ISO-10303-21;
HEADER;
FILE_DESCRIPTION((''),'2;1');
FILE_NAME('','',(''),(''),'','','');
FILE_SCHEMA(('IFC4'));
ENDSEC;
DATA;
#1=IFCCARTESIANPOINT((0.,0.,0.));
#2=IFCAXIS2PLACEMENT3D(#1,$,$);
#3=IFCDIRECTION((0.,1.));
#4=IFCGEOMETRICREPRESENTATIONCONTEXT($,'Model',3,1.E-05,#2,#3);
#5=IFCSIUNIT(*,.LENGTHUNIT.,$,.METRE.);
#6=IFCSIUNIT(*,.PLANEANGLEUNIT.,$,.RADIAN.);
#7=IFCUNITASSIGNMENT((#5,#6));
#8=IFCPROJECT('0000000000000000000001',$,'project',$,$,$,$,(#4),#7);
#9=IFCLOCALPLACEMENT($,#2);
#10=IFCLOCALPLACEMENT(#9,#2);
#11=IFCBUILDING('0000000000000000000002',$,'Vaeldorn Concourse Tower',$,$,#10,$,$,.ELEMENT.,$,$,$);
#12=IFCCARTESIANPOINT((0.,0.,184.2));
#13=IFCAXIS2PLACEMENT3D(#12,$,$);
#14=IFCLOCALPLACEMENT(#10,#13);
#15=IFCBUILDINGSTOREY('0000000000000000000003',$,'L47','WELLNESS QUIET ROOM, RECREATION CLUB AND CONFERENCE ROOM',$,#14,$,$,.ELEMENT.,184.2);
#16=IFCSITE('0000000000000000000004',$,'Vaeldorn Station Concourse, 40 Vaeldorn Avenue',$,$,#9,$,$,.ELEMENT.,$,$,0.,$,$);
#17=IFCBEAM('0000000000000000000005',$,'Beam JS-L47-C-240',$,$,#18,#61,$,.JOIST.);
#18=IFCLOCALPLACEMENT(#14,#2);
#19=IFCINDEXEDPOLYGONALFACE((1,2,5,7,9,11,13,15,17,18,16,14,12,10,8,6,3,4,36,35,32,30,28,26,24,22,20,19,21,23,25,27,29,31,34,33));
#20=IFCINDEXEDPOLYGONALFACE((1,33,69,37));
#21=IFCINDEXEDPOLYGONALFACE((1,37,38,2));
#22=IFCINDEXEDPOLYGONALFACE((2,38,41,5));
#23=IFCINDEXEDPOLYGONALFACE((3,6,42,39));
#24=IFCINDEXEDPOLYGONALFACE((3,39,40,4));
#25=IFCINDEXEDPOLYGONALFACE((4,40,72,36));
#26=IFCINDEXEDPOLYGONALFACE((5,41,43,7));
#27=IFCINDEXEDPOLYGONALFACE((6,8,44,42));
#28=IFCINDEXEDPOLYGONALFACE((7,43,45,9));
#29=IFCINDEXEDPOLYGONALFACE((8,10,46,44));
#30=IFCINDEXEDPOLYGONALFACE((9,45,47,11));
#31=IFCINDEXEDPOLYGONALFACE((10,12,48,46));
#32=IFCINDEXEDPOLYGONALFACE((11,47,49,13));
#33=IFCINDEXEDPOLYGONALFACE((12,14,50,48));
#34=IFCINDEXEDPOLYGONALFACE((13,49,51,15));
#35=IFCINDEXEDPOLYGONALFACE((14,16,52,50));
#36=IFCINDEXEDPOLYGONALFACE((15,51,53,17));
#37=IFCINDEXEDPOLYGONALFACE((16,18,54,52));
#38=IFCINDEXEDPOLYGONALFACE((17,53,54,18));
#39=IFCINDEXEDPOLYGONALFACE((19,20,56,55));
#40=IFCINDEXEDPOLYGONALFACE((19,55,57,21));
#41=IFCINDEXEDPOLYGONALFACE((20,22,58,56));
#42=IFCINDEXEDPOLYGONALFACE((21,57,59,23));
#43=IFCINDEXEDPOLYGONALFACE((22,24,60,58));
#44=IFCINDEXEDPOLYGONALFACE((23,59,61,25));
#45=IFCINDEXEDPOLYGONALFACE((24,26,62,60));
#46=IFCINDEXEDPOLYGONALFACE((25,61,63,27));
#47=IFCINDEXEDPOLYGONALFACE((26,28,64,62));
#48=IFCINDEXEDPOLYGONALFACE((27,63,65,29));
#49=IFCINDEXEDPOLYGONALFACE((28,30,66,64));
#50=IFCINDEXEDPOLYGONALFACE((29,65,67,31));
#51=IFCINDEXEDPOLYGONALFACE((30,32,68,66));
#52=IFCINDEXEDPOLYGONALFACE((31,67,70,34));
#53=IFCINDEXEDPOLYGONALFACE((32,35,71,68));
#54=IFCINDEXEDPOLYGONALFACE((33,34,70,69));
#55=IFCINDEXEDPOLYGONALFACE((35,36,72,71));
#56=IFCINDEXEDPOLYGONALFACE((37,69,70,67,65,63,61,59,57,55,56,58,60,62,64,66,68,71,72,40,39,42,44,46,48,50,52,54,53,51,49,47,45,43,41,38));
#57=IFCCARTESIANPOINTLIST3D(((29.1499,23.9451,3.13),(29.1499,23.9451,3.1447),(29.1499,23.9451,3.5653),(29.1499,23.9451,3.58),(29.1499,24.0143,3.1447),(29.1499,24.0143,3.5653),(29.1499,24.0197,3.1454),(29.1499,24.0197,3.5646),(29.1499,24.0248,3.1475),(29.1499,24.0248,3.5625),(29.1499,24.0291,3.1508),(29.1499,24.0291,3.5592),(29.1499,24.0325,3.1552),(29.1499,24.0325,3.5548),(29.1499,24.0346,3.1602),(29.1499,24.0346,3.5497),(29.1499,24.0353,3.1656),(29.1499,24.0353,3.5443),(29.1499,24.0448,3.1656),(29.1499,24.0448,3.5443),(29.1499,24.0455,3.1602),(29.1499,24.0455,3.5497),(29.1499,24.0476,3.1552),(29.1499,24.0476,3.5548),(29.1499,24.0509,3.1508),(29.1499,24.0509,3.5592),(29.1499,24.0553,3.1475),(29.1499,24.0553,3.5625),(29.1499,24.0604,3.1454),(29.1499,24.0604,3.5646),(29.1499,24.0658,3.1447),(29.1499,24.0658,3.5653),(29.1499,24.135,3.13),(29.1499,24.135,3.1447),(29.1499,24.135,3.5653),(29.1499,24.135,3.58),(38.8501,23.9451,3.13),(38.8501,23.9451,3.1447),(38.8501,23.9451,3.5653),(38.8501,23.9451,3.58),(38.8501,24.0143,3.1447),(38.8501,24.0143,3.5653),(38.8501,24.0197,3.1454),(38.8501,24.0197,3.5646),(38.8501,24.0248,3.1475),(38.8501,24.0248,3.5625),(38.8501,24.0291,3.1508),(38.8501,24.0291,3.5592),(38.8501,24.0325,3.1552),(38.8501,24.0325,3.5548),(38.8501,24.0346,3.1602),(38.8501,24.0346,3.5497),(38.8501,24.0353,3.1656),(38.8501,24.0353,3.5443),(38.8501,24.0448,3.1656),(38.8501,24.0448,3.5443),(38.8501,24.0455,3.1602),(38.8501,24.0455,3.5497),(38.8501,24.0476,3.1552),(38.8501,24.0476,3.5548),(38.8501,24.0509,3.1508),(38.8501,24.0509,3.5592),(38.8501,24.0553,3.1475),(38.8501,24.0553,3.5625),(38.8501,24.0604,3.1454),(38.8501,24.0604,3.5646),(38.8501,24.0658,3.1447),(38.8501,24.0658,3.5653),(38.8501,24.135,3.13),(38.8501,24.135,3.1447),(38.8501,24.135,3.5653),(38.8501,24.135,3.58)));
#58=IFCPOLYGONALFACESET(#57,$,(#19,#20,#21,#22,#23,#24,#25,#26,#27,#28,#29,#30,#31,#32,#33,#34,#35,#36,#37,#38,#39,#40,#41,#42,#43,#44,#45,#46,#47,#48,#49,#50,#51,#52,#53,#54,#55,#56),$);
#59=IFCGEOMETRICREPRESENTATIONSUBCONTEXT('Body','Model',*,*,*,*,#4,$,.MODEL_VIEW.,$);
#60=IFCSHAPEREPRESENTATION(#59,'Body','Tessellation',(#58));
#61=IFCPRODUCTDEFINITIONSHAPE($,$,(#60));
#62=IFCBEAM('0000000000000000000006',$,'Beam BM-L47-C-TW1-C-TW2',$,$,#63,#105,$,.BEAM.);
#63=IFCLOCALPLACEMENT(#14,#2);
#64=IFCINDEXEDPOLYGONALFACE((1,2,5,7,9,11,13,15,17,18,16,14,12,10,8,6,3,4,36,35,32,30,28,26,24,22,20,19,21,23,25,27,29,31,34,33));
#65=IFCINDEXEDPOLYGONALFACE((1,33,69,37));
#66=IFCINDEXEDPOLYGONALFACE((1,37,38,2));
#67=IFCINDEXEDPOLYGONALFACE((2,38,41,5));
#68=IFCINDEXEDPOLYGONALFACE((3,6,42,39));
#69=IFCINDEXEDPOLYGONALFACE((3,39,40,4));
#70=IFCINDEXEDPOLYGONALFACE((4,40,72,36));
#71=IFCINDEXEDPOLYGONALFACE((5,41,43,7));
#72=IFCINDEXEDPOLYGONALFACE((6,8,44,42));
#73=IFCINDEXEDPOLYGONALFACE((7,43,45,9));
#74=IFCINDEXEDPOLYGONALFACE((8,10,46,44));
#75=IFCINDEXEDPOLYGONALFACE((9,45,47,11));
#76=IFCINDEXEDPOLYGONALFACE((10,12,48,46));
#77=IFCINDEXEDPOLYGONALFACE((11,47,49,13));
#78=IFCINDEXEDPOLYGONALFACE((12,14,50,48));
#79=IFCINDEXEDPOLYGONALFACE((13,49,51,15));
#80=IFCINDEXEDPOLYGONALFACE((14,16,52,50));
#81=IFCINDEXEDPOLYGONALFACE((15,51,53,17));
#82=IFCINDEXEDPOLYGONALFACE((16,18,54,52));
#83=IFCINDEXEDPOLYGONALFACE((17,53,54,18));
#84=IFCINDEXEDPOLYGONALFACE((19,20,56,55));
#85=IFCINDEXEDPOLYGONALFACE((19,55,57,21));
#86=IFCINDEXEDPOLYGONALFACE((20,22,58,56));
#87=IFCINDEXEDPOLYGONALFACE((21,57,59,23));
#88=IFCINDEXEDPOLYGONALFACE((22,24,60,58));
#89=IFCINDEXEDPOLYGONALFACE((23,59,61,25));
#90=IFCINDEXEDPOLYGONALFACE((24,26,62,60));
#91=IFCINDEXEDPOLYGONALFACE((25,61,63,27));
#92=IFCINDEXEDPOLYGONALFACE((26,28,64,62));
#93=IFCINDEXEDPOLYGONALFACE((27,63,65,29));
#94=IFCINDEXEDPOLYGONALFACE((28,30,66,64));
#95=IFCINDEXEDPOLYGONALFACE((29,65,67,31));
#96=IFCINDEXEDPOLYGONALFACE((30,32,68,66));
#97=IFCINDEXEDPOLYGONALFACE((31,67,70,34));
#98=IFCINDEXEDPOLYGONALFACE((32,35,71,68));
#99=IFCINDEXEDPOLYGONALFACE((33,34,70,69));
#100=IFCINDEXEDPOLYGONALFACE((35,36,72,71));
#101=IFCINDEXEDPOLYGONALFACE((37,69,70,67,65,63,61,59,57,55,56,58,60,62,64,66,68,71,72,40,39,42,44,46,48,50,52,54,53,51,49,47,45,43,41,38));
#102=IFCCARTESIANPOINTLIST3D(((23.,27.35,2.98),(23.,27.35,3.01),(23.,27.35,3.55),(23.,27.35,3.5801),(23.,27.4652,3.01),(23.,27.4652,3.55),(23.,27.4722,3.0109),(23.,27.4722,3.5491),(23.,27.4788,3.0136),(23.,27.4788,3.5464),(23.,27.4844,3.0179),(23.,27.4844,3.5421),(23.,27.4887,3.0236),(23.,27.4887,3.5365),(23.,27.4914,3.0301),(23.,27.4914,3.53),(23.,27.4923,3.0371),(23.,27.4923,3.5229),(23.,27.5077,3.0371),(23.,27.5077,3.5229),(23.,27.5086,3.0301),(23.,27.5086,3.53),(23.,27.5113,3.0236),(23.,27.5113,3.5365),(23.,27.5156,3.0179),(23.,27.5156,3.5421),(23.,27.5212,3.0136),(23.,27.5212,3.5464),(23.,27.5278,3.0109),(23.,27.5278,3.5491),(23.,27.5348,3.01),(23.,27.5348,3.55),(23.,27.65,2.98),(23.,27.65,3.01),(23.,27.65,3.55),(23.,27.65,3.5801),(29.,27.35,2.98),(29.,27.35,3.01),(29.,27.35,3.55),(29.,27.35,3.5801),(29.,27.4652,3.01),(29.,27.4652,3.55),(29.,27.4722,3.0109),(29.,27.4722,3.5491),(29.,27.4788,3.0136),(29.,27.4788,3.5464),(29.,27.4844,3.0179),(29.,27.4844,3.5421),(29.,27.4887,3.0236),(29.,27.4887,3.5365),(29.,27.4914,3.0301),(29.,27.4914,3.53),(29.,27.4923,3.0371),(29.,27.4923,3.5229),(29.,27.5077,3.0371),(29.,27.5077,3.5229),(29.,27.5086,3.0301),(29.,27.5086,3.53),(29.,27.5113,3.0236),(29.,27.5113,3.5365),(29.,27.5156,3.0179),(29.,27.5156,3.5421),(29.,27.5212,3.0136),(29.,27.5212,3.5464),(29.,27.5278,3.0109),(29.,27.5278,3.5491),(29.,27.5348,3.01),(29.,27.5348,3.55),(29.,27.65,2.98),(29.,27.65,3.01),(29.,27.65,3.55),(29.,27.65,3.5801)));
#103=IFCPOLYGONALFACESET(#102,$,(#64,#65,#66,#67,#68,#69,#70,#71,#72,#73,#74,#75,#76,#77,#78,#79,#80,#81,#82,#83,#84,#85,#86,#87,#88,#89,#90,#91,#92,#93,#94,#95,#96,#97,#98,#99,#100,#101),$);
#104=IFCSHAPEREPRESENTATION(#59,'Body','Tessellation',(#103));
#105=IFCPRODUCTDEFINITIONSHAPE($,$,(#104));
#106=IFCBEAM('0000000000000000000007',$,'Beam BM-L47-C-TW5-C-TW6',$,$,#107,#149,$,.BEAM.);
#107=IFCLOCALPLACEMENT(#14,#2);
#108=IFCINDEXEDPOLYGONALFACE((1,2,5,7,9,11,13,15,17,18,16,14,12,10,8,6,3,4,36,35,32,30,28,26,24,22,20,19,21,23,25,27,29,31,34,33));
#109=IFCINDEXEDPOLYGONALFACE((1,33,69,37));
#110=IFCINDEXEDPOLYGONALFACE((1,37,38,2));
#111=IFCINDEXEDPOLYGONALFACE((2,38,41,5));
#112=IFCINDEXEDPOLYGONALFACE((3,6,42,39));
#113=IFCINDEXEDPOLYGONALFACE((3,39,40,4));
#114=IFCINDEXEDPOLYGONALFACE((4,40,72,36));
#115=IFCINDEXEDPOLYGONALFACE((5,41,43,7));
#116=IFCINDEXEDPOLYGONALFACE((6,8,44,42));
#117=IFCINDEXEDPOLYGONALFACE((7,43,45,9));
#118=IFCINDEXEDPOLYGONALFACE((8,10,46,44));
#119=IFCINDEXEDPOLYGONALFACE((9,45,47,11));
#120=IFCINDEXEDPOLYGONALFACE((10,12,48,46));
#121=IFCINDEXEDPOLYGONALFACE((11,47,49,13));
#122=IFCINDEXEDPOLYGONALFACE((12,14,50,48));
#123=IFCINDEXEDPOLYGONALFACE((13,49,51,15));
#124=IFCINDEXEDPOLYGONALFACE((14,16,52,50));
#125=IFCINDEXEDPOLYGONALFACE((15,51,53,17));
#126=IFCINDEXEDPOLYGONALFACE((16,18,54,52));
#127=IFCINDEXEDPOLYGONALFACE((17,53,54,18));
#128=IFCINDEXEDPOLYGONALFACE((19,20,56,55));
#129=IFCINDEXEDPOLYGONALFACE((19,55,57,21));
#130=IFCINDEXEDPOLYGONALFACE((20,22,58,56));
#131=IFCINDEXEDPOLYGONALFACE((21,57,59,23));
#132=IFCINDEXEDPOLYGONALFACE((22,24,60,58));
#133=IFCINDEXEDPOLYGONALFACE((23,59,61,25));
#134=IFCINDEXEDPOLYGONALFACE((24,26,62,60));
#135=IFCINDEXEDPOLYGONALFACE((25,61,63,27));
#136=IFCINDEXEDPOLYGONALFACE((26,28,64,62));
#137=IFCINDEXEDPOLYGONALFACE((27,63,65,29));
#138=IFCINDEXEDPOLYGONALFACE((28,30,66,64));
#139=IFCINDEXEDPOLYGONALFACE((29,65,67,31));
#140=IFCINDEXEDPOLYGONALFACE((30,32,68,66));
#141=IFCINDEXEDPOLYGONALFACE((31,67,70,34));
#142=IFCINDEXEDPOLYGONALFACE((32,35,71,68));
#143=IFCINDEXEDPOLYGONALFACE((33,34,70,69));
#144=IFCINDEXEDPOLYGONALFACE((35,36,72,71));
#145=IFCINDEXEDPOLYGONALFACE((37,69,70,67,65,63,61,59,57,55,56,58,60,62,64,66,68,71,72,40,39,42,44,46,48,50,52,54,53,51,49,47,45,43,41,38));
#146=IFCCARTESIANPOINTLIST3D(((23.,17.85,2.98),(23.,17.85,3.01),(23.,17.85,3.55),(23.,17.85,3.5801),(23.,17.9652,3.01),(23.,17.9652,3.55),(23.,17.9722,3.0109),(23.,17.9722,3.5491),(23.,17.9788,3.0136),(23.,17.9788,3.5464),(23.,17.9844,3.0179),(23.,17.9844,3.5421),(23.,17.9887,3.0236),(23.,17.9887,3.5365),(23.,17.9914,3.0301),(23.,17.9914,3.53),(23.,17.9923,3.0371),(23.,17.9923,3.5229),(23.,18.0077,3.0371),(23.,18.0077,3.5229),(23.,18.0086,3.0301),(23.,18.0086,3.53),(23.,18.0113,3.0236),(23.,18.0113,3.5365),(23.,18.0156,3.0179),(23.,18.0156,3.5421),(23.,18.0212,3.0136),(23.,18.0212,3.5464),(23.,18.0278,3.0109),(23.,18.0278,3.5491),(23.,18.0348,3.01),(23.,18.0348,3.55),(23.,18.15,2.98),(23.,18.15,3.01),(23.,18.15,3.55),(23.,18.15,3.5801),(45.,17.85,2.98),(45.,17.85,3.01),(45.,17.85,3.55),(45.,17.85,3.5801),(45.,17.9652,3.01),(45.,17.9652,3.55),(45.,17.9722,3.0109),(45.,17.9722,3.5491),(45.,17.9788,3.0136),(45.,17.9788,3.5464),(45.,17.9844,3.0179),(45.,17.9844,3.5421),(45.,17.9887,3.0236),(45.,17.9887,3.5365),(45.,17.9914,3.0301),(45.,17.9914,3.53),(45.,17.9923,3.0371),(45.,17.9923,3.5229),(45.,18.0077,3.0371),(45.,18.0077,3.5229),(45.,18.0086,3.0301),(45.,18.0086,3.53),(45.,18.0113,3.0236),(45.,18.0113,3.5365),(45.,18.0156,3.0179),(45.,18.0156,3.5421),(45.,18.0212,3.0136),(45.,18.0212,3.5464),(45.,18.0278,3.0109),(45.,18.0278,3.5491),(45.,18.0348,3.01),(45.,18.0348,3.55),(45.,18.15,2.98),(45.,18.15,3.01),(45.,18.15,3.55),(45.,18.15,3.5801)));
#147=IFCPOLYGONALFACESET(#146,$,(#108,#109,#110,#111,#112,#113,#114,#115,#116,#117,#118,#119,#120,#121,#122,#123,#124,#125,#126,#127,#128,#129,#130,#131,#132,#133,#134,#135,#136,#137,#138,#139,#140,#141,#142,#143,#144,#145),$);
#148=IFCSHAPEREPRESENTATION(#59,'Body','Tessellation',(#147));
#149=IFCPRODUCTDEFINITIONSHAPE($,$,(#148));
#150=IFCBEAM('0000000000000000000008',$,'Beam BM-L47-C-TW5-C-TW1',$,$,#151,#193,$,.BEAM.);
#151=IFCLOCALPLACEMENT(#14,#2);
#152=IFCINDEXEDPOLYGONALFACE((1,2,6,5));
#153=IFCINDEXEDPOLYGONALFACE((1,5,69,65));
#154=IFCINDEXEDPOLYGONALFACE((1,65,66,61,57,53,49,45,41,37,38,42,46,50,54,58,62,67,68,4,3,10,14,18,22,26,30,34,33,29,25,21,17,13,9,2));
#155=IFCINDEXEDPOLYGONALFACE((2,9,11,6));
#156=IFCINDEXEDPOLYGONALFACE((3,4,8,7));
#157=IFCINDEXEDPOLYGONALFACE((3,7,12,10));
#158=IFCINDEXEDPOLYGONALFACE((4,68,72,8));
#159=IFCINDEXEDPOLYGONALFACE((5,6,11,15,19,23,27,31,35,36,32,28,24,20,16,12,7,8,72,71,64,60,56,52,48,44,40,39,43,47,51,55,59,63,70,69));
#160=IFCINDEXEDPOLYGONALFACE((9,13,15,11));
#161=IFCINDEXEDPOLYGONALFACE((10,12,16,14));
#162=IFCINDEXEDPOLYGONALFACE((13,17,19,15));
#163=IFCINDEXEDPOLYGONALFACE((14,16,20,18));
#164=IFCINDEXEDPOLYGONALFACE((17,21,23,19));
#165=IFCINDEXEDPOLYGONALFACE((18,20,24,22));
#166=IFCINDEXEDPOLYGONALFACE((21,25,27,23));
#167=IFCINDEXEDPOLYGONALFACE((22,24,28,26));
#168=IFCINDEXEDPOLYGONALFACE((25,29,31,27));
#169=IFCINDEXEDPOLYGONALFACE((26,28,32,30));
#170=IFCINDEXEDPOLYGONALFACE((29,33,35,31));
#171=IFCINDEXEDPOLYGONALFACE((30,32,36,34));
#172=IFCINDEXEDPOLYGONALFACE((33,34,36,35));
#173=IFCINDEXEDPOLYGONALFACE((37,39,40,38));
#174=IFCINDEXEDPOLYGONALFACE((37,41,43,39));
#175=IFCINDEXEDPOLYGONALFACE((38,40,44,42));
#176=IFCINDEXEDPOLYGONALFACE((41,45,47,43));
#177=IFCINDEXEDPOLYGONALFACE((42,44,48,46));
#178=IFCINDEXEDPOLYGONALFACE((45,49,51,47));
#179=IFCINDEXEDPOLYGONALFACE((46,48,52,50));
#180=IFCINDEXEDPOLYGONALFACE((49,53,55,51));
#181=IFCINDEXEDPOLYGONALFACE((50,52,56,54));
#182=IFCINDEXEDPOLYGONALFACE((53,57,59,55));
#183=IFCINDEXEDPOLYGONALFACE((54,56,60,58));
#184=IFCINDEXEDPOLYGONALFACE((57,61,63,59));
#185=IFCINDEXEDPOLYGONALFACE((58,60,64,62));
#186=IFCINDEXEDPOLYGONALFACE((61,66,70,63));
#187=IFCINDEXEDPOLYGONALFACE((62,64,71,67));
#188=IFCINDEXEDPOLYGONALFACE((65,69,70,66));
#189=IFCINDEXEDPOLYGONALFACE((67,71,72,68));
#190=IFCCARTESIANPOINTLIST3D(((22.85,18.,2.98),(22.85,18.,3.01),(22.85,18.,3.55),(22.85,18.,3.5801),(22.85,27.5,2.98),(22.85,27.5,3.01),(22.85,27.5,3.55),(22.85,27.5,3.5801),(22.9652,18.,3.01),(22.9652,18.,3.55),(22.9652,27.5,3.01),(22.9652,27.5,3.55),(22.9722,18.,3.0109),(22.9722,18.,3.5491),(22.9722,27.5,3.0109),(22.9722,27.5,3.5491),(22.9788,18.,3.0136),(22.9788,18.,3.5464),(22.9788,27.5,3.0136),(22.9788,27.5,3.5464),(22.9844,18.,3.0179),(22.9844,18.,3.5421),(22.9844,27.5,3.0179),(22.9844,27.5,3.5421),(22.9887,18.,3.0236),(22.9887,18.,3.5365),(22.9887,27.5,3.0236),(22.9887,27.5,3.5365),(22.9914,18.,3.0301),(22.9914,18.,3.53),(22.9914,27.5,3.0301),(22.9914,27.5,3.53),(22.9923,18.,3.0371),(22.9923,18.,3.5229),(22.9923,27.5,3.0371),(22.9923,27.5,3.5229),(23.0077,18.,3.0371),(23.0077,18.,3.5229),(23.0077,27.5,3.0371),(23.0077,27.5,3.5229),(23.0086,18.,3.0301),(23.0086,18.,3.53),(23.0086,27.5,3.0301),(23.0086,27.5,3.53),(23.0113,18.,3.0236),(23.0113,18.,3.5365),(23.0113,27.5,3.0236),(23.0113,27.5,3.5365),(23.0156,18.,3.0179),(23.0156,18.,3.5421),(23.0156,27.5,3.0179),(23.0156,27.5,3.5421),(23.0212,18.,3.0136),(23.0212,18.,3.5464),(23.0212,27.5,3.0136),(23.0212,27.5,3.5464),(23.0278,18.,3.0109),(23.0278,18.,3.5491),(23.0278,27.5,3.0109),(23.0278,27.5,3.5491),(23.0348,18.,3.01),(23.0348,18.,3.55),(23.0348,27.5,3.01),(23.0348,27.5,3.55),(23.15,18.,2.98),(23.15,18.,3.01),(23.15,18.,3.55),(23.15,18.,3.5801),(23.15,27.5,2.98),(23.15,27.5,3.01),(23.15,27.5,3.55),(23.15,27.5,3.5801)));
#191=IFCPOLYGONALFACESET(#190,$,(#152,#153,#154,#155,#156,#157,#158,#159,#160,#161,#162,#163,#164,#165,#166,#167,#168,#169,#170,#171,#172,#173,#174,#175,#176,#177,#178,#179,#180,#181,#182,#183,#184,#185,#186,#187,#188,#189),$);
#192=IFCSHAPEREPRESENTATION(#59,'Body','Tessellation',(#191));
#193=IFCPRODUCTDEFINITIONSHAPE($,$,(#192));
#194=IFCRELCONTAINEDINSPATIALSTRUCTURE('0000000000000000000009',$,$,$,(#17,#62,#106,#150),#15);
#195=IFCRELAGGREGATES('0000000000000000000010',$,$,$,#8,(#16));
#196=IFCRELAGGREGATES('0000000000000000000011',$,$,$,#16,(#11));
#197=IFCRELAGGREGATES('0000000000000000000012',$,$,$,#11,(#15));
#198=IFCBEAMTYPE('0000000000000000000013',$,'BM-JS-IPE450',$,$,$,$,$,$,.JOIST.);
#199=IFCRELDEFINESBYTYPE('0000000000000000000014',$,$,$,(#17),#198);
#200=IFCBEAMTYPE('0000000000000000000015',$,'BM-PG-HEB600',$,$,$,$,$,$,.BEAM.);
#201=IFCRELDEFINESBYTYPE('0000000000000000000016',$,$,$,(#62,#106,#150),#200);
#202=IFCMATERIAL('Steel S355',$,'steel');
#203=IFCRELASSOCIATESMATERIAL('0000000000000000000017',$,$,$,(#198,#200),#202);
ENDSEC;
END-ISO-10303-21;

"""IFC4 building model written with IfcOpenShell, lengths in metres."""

from ifc_helpers import new_model, si_unit, direction, frame, origin, origin_2d, place, context, subcontext, project, spatial, i_section, extrude, source, transform, mapped, material, material_profile, profile_set, type_object, element, save


model = new_model("IFC4")

# Units and contexts
model_context = context("Model", 3, precision=1e-05, world=origin(), true_north=direction((0.0, 1.0)))
body_context = subcontext(model_context, "Body", "Model", "MODEL_VIEW")
ifc_project = project(units=[si_unit("LENGTHUNIT", "METRE"), si_unit("PLANEANGLEUNIT", "RADIAN")], contexts=[model_context])

# Site, building, storey
site_placement = place(None, origin())
site = spatial("IfcSite", under=ifc_project, at=site_placement, Name="Vaeldorn Station Concourse, 40 Vaeldorn Avenue", CompositionType="ELEMENT", RefElevation=0.0)
building_placement = place(site_placement, origin())
building = spatial("IfcBuilding", under=site, at=building_placement, Name="Vaeldorn Concourse Tower", CompositionType="ELEMENT")
storey_placement = place(building_placement, frame((0.0, 0.0, 184.2)))
storey = spatial("IfcBuildingStorey", under=building, at=storey_placement, Name="L47", Description="WELLNESS QUIET ROOM, RECREATION CLUB AND CONFERENCE ROOM", CompositionType="ELEMENT", Elevation=184.2)

# Shared definitions
ifc_material_1 = material(Name="Steel S355", Category="steel")

# Beams
ifc_material_profile_1 = material_profile(ifc_material_1, i_section(OverallWidth=0.1899, OverallDepth=0.45, WebThickness=0.0095, FlangeThickness=0.0146, FilletRadius=0.021, at=origin_2d()), Name="IPE 450")
ifc_profile_set_1 = profile_set([ifc_material_profile_1], Name="Steel S355")
beam_type_1 = type_object("IfcBeamType", Name="BM-JS-IPE450", PredefinedType="JOIST", material=ifc_profile_set_1)
shared_shape_1 = source(origin(), body_context, "Body", "SweptSolid", [
    extrude(i_section(OverallWidth=0.1899, OverallDepth=0.45, WebThickness=0.0095, FlangeThickness=0.0146, FilletRadius=0.021, at=origin_2d()), origin(), (0.0, 0.0, 1.0), 9.7002),
])
for number, where, z_axis, x_axis, name in (
    (1, (29.1499, 24.04, 3.355), (1.0, 0.0, 0.0), (0.0, 1.0, 0.0), "Beam JS-L47-C-240"),
):
    element("IfcBeam", number, at=place(storey_placement, frame(where, z_axis=z_axis, x_axis=x_axis)), inside=storey, type_object=beam_type_1, Name=name, PredefinedType="JOIST", context=body_context, shape_type="MappedRepresentation", body=[
        mapped(shared_shape_1, transform((0.0, 0.0, 0.0), scale=1.0)),
    ])
ifc_material_profile_2 = material_profile(ifc_material_1, i_section(OverallWidth=0.3, OverallDepth=0.6001, WebThickness=0.0154, FlangeThickness=0.03, FilletRadius=0.0271, at=origin_2d()), Name="HEB 600")
ifc_profile_set_2 = profile_set([ifc_material_profile_2], Name="Steel S355")
beam_type_2 = type_object("IfcBeamType", Name="BM-PG-HEB600", PredefinedType="BEAM", material=ifc_profile_set_2)
shared_shape_2 = source(origin(), body_context, "Body", "SweptSolid", [
    extrude(i_section(OverallWidth=0.3, OverallDepth=0.6001, WebThickness=0.0154, FlangeThickness=0.03, FilletRadius=0.0271, at=origin_2d()), origin(), (0.0, 0.0, 1.0), 6.0),
])
beam_1_placement = place(storey_placement, frame((23.0, 27.5, 3.28), z_axis=(1.0, 0.0, 0.0), x_axis=(0.0, 1.0, 0.0)))
element("IfcBeam", 2, at=beam_1_placement, inside=storey, type_object=beam_type_2, Name="Beam BM-L47-C-TW1-C-TW2", PredefinedType="BEAM", context=body_context, shape_type="MappedRepresentation", body=[
    mapped(shared_shape_2, transform((0.0, 0.0, 0.0), scale=1.0)),
])
shared_shape_3 = source(origin(), body_context, "Body", "SweptSolid", [
    extrude(i_section(OverallWidth=0.3, OverallDepth=0.6001, WebThickness=0.0154, FlangeThickness=0.03, FilletRadius=0.0271, at=origin_2d()), origin(), (0.0, 0.0, 1.0), 22.0),
])
beam_2_placement = place(storey_placement, frame((23.0, 18.0, 3.28), z_axis=(1.0, 0.0, 0.0), x_axis=(0.0, 1.0, 0.0)))
element("IfcBeam", 3, at=beam_2_placement, inside=storey, type_object=beam_type_2, Name="Beam BM-L47-C-TW5-C-TW6", PredefinedType="BEAM", context=body_context, shape_type="MappedRepresentation", body=[
    mapped(shared_shape_3, transform((0.0, 0.0, 0.0), scale=1.0)),
])
shared_shape_4 = source(origin(), body_context, "Body", "SweptSolid", [
    extrude(i_section(OverallWidth=0.3, OverallDepth=0.6001, WebThickness=0.0154, FlangeThickness=0.03, FilletRadius=0.0271, at=origin_2d()), origin(), (0.0, 0.0, 1.0), 9.5),
])
beam_3_placement = place(storey_placement, frame((23.0, 18.0, 3.28), z_axis=(0.0, 1.0, 0.0), x_axis=(-1.0, 0.0, 0.0)))
element("IfcBeam", 4, at=beam_3_placement, inside=storey, type_object=beam_type_2, Name="Beam BM-L47-C-TW5-C-TW1", PredefinedType="BEAM", context=body_context, shape_type="MappedRepresentation", body=[
    mapped(shared_shape_4, transform((0.0, 0.0, 0.0), scale=1.0)),
])

save(model, "model.ifc")
